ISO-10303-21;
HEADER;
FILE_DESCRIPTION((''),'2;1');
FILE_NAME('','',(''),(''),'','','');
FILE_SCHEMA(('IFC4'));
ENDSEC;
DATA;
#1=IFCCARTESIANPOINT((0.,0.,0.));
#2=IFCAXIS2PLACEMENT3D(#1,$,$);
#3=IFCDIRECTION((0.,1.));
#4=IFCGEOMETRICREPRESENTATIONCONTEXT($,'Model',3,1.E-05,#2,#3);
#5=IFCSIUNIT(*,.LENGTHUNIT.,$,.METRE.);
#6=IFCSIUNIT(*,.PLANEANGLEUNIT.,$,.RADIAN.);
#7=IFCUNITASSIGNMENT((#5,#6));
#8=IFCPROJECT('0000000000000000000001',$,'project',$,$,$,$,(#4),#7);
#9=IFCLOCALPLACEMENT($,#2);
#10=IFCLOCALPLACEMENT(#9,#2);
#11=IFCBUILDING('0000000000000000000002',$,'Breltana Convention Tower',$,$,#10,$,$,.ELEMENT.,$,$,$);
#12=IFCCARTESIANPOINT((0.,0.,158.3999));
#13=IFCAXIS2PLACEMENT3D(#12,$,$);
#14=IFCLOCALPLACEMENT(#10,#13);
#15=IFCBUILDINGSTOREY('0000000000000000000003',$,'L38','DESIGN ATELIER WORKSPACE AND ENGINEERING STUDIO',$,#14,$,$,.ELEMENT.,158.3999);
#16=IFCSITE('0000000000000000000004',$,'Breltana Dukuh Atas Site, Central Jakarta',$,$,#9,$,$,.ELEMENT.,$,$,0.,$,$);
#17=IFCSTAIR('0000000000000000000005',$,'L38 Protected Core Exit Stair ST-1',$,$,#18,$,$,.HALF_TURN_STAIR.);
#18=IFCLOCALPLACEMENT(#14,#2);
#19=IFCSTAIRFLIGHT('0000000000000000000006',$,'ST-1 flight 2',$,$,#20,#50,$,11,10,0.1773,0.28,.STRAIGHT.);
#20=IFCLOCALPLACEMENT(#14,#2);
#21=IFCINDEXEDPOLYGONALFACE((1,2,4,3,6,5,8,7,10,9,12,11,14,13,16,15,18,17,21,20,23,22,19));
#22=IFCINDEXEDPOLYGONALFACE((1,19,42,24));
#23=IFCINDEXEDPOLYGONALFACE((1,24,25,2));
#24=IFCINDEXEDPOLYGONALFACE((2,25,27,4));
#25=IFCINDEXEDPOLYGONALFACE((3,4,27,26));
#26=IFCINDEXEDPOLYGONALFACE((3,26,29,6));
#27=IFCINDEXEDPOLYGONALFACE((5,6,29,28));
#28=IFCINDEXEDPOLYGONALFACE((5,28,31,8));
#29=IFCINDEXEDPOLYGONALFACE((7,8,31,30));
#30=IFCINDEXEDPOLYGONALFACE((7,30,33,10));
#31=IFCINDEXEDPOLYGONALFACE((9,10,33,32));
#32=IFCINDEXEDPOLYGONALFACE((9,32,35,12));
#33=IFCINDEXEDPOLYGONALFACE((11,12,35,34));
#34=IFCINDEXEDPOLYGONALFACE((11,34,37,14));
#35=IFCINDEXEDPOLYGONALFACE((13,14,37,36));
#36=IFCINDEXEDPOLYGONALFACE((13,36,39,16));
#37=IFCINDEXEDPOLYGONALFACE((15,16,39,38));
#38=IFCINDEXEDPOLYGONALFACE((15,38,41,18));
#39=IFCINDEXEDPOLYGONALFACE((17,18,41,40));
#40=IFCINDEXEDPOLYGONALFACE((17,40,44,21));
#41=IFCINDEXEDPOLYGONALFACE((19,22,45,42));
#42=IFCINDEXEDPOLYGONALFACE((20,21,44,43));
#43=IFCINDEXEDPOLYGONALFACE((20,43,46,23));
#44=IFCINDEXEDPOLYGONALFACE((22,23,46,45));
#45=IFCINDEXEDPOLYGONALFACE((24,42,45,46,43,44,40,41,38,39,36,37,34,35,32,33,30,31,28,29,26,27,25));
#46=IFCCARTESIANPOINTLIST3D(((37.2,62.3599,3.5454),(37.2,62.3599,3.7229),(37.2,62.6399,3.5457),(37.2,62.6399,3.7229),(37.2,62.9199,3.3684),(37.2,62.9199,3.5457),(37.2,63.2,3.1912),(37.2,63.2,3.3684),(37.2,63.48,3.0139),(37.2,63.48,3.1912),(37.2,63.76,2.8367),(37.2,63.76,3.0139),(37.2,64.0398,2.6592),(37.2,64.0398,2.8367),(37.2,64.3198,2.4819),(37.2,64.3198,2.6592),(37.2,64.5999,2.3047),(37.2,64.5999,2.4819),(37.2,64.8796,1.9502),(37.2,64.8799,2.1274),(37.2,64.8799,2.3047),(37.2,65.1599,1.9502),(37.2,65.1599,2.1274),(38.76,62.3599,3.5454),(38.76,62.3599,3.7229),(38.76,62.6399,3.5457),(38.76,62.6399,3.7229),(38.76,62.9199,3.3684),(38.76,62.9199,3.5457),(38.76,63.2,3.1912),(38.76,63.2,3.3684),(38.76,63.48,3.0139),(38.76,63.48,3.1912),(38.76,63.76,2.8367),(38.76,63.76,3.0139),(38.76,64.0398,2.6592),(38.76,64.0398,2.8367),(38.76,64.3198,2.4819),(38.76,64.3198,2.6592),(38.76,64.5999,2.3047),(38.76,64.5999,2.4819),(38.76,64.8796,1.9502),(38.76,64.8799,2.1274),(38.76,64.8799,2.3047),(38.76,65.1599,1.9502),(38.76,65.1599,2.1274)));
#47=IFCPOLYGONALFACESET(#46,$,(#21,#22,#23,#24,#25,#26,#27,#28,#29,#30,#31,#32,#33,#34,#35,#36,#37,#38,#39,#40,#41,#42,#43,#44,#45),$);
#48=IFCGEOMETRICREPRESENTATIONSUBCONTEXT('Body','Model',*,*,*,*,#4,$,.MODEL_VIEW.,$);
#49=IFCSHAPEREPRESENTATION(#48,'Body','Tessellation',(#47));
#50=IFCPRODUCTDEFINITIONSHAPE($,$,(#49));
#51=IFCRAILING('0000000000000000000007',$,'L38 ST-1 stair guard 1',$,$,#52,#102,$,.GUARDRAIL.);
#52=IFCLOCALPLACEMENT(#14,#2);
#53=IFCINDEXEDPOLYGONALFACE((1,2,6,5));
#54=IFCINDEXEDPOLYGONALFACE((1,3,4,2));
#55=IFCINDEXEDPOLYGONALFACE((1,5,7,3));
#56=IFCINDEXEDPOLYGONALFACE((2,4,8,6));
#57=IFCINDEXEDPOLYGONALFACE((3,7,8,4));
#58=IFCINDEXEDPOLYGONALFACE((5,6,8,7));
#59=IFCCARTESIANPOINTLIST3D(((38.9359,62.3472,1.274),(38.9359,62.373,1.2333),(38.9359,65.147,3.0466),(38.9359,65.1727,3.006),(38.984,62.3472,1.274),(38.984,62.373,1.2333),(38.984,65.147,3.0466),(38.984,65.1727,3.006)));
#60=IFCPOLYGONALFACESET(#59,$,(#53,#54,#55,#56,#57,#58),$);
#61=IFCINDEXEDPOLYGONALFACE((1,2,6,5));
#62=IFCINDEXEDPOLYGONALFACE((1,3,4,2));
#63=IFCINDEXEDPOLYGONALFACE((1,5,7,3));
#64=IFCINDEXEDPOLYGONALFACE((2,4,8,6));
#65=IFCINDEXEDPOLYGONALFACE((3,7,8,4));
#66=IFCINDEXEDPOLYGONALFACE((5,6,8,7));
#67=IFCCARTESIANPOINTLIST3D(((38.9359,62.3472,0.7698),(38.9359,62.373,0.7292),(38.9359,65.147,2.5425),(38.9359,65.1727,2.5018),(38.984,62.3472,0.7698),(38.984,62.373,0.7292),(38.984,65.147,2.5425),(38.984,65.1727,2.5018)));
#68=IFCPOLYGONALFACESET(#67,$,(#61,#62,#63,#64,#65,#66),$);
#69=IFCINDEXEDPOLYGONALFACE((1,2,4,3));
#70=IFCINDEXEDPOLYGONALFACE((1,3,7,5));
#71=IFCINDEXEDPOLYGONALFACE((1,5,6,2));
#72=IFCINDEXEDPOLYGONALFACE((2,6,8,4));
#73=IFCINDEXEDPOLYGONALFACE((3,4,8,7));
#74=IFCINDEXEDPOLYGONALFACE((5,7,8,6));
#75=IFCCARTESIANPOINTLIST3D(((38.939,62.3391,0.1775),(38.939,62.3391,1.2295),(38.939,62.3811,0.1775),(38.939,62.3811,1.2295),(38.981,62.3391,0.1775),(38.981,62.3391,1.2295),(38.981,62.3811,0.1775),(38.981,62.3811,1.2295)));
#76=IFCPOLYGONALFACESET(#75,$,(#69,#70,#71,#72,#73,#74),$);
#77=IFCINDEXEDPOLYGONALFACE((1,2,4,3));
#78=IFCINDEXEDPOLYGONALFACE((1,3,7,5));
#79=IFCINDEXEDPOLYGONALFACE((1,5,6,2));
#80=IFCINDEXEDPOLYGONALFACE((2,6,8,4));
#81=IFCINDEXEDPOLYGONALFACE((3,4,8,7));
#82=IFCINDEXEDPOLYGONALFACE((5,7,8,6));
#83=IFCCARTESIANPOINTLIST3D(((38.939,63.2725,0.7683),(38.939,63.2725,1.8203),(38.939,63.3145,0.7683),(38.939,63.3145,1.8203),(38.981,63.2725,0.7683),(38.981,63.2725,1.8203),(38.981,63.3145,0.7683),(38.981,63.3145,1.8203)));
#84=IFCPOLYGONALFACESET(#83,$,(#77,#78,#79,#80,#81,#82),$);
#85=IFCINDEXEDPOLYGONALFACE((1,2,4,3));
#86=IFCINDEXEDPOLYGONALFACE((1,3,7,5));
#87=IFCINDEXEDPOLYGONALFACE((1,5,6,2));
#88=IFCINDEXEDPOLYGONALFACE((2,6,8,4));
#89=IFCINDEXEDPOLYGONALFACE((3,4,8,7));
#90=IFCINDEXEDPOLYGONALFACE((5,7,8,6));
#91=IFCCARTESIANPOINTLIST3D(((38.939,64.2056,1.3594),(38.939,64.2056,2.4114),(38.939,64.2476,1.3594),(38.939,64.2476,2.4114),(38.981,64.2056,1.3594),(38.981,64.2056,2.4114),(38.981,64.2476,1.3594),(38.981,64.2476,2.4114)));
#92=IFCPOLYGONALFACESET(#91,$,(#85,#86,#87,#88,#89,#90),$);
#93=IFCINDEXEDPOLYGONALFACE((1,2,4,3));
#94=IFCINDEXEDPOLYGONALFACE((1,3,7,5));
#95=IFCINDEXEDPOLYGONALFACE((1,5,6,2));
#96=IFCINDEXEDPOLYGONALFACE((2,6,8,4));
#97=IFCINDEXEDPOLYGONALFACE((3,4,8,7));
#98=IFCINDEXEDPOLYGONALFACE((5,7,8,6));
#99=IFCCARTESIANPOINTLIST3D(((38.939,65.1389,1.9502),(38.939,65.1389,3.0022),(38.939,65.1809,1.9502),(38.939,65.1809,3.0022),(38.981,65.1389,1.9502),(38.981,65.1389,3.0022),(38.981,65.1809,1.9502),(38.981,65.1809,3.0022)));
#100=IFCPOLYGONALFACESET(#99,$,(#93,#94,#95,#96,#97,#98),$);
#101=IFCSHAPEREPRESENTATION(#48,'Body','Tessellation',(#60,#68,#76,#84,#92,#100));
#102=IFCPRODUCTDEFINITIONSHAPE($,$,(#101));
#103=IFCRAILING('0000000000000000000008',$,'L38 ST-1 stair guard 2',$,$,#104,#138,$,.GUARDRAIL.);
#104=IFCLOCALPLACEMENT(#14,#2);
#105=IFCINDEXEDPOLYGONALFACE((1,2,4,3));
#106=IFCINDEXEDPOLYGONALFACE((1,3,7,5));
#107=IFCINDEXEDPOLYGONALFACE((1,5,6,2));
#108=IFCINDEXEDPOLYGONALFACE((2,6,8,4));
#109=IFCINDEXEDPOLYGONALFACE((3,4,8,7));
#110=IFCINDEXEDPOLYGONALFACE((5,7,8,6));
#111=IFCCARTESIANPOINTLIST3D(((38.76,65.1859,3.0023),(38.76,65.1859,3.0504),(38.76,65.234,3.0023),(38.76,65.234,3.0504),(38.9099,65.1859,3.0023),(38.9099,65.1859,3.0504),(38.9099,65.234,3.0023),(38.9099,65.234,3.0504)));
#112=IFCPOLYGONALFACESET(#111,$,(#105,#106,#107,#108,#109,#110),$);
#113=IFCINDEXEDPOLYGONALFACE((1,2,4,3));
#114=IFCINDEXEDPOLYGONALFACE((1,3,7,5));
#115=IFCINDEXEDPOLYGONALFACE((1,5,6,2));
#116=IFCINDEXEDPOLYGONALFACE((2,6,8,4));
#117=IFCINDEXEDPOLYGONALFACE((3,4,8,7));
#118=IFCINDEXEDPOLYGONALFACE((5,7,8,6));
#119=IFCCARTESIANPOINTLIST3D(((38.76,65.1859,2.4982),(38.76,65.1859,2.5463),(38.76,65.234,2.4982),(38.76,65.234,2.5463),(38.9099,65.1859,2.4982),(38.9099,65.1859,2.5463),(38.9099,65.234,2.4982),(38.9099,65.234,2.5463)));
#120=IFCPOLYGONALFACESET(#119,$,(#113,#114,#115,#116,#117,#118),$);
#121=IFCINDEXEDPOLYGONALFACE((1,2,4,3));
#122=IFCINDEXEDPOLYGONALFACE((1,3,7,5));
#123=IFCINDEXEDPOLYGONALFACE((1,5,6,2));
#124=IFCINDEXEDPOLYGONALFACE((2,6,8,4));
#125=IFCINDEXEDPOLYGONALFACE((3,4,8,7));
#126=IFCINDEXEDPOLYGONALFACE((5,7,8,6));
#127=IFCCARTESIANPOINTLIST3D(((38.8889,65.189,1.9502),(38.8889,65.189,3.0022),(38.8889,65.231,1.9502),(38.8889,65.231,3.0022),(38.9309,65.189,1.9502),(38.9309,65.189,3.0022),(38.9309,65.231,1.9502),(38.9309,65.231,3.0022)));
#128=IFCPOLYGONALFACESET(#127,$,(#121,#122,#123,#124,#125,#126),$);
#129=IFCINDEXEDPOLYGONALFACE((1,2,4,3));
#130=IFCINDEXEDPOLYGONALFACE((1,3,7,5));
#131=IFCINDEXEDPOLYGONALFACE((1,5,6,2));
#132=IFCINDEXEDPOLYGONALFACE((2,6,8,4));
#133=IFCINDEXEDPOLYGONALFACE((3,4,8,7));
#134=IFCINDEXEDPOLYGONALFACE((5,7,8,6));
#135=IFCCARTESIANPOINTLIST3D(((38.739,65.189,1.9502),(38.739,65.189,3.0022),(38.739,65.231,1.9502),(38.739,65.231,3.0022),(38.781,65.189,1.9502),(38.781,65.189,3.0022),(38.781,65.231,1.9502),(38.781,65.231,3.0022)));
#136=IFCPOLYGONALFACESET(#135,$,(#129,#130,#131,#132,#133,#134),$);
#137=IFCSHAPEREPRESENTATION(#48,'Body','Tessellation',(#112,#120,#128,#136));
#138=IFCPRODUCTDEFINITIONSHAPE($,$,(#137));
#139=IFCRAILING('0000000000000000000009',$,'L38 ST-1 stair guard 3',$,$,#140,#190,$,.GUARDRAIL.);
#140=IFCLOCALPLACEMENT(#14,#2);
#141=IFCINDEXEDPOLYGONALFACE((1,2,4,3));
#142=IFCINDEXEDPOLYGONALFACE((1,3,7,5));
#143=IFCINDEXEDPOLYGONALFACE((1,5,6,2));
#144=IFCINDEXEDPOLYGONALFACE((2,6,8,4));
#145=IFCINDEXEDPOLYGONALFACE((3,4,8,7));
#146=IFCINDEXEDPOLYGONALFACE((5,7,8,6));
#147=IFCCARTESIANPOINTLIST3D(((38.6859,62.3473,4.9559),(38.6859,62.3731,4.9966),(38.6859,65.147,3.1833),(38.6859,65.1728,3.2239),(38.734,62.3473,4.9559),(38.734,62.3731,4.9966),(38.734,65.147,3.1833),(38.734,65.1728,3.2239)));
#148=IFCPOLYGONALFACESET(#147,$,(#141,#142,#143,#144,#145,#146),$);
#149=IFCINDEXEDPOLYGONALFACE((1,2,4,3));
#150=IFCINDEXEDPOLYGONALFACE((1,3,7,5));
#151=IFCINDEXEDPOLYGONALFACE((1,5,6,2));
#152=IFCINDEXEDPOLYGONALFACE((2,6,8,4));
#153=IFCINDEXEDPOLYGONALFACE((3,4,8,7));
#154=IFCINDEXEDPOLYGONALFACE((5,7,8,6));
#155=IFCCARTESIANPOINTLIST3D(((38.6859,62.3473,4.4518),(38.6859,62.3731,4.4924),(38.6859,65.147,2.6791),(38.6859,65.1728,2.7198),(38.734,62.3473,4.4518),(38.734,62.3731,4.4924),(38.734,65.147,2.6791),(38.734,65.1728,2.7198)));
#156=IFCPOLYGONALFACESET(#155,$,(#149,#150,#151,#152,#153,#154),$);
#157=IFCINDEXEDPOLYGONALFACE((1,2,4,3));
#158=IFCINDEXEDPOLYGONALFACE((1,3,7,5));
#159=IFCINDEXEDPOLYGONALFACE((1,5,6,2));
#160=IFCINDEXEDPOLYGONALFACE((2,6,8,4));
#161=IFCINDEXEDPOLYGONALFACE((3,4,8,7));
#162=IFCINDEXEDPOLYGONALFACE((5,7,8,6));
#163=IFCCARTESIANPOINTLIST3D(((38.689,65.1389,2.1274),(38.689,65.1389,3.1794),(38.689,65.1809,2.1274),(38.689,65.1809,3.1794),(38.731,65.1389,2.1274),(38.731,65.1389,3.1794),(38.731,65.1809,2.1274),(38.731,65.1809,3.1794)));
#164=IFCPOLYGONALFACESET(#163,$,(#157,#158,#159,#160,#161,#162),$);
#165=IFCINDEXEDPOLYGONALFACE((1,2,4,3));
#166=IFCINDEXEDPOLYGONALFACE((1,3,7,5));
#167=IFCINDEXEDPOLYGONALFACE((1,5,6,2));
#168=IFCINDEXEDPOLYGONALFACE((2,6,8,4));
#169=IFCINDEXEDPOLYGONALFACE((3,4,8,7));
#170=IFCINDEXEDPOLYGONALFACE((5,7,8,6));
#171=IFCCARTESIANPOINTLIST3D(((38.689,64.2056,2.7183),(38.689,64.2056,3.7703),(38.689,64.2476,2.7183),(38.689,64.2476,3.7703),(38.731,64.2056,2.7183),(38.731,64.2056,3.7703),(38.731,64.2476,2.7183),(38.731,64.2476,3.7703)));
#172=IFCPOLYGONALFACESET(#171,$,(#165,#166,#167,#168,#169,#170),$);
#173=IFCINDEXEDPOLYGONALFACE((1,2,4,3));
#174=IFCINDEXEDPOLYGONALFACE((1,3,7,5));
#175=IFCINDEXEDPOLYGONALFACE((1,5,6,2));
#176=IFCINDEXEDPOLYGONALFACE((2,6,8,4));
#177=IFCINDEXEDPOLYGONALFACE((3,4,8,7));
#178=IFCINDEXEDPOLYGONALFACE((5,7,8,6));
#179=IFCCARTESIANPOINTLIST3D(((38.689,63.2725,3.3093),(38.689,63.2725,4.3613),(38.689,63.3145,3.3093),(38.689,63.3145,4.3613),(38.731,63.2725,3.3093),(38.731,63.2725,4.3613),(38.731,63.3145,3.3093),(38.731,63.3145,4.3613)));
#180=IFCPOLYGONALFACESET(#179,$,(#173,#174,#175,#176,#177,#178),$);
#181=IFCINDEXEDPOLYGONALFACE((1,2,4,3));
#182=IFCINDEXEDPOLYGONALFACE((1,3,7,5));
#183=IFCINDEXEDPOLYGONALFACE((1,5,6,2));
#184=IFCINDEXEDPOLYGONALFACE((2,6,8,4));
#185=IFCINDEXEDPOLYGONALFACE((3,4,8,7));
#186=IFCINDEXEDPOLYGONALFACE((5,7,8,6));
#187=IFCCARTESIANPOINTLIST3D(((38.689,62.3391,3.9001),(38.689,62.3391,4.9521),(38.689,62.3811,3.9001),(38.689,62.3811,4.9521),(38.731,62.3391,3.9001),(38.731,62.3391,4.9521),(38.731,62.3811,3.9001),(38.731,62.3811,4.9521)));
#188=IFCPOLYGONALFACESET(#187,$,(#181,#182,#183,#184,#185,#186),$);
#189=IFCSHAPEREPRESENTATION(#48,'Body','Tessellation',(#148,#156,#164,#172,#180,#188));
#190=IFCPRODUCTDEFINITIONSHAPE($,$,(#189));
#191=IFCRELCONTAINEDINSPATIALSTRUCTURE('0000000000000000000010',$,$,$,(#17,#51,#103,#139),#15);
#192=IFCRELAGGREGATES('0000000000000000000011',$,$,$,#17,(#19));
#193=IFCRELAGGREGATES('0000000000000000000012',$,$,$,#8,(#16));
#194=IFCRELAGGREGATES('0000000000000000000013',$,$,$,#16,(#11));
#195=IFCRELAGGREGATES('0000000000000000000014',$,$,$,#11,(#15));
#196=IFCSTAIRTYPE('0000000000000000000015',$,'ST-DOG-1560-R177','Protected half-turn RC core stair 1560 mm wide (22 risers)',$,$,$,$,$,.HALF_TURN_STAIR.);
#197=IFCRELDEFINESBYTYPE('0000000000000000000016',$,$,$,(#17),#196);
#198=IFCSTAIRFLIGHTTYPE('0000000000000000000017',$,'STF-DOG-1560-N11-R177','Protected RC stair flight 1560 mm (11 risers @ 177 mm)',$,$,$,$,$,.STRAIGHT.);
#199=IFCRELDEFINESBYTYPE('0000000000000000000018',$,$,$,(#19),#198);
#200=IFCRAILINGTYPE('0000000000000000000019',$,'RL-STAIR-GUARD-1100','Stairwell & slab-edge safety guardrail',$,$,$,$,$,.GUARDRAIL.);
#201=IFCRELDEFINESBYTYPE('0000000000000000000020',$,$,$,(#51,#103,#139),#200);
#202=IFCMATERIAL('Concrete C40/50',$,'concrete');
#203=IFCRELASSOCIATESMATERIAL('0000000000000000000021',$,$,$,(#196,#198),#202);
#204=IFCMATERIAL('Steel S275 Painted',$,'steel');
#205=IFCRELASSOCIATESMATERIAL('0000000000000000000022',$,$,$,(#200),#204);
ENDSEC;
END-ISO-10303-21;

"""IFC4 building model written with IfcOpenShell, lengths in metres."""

from ifc_helpers import new_model, si_unit, direction, frame, origin, origin_2d, place, context, subcontext, project, spatial, polyline, rectangle, outline, extrude, material, type_object, element, aggregate, save


model = new_model("IFC4")

# Units and contexts
model_context = context("Model", 3, precision=1e-05, world=origin(), true_north=direction((0.0, 1.0)))
body_context = subcontext(model_context, "Body", "Model", "MODEL_VIEW")
ifc_project = project(units=[si_unit("LENGTHUNIT", "METRE"), si_unit("PLANEANGLEUNIT", "RADIAN")], contexts=[model_context])

# Site, building, storey
site_placement = place(None, origin())
site = spatial("IfcSite", under=ifc_project, at=site_placement, Name="Breltana Dukuh Atas Site, Central Jakarta", CompositionType="ELEMENT", RefElevation=0.0)
building_placement = place(site_placement, origin())
building = spatial("IfcBuilding", under=site, at=building_placement, Name="Breltana Convention Tower", CompositionType="ELEMENT")
storey_placement = place(building_placement, frame((0.0, 0.0, 158.3999)))
storey = spatial("IfcBuildingStorey", under=building, at=storey_placement, Name="L38", Description="DESIGN ATELIER WORKSPACE AND ENGINEERING STUDIO", CompositionType="ELEMENT", Elevation=158.3999)

# Stair, stair flight
ifc_material_1 = material(Name="Concrete C40/50", Category="concrete")
stair_type = type_object("IfcStairType", Name="ST-DOG-1560-R177", Description="Protected half-turn RC core stair 1560 mm wide (22 risers)", PredefinedType="HALF_TURN_STAIR", material=ifc_material_1)
stair_placement = place(storey_placement, origin())
stair = element("IfcStair", 1, at=stair_placement, inside=storey, type_object=stair_type, Name="L38 Protected Core Exit Stair ST-1", PredefinedType="HALF_TURN_STAIR")
stair_flight_type = type_object("IfcStairFlightType", Name="STF-DOG-1560-N11-R177", Description="Protected RC stair flight 1560 mm (11 risers @ 177 mm)", PredefinedType="STRAIGHT", material=ifc_material_1)
stair_flight_1_placement = place(storey_placement, frame((37.98, 65.1599, 1.9502), z_axis=(0.0, 0.0, 1.0), x_axis=(0.0, -1.0, 0.0)))
stair_flight_1 = element("IfcStairFlight", 2, at=stair_flight_1_placement, type_object=stair_flight_type, Name="ST-1 flight 2", NumberOfRisers=11, NumberOfTreads=10, PredefinedType="STRAIGHT", RiserHeight=0.1773, TreadLength=0.28, context=body_context, shape_type="SweptSolid", body=[
    extrude(outline(polyline([(0.0, 0.0), (0.0, 0.1772), (0.28, 0.1772), (0.28, 0.3545), (0.5601, 0.3545), (0.5601, 0.5317), (0.8401, 0.5317), (0.8401, 0.709), (1.1201, 0.709), (1.1201, 0.8865), (1.3999, 0.8865), (1.3999, 1.0637), (1.6799, 1.0637), (1.6799, 1.241), (1.96, 1.241), (1.96, 1.4182), (2.24, 1.4182), (2.24, 1.5955), (2.52, 1.5955), (2.52, 1.7727), (2.8, 1.7727), (2.8, 1.95), (2.8, 1.5952), (0.2803, 0.0), (0.0, 0.0)])), frame((0.0, 0.78, 0.0), z_axis=(0.0, -1.0, 0.0), x_axis=(1.0, 0.0, 0.0)), (0.0, 0.0, 1.0), 1.5601),
])
aggregate(stair, [stair_flight_1])

# Railings
ifc_material_2 = material(Name="Steel S275 Painted", Category="steel")
railing_type_1 = type_object("IfcRailingType", Name="RL-STAIR-GUARD-1100", Description="Stairwell & slab-edge safety guardrail", PredefinedType="GUARDRAIL", material=ifc_material_2)
railing_1_placement = place(storey_placement, frame((38.96, 62.3601, 0.1775)))
element("IfcRailing", 3, at=railing_1_placement, inside=storey, type_object=railing_type_1, Name="L38 ST-1 stair guard 1", PredefinedType="GUARDRAIL", context=body_context, shape_type="SweptSolid", body=[
    extrude(rectangle(XDim=0.0481, YDim=0.0481, at=origin_2d()), frame((0.0, 0.0, 1.0762), z_axis=(0.0, 0.844888, 0.534943), x_axis=(-1.0, 0.0, 0.0)), (0.0, 0.0, 1.0), 3.3137),
    extrude(rectangle(XDim=0.0481, YDim=0.0481, at=origin_2d()), frame((0.0, 0.0, 0.572), z_axis=(0.0, 0.844888, 0.534943), x_axis=(-1.0, 0.0, 0.0)), (0.0, 0.0, 1.0), 3.3137),
    extrude(rectangle(XDim=0.042, YDim=0.042, at=origin_2d()), origin(), (0.0, 0.0, 1.0), 1.052),
    extrude(rectangle(XDim=0.042, YDim=0.042, at=origin_2d()), frame((0.0, 0.9333, 0.5908)), (0.0, 0.0, 1.0), 1.052),
    extrude(rectangle(XDim=0.042, YDim=0.042, at=origin_2d()), frame((0.0, 1.8665, 1.1819)), (0.0, 0.0, 1.0), 1.052),
    extrude(rectangle(XDim=0.042, YDim=0.042, at=origin_2d()), frame((0.0, 2.7998, 1.7727)), (0.0, 0.0, 1.0), 1.052),
])
railing_2_placement = place(storey_placement, frame((38.9099, 65.21, 1.9502)))
element("IfcRailing", 4, at=railing_2_placement, inside=storey, type_object=railing_type_1, Name="L38 ST-1 stair guard 2", PredefinedType="GUARDRAIL", context=body_context, shape_type="SweptSolid", body=[
    extrude(rectangle(XDim=0.0481, YDim=0.0481, at=origin_2d()), frame((0.0, 0.0, 1.0762), z_axis=(-1.0, 0.0, 0.0), x_axis=(0.0, -1.0, 0.0)), (0.0, 0.0, 1.0), 0.1499),
    extrude(rectangle(XDim=0.0481, YDim=0.0481, at=origin_2d()), frame((0.0, 0.0, 0.572), z_axis=(-1.0, 0.0, 0.0), x_axis=(0.0, -1.0, 0.0)), (0.0, 0.0, 1.0), 0.1499),
    extrude(rectangle(XDim=0.042, YDim=0.042, at=origin_2d()), origin(), (0.0, 0.0, 1.0), 1.052),
    extrude(rectangle(XDim=0.042, YDim=0.042, at=origin_2d()), frame((-0.1499, 0.0, 0.0)), (0.0, 0.0, 1.0), 1.052),
])
railing_3_placement = place(storey_placement, frame((38.71, 65.1599, 2.1274)))
element("IfcRailing", 5, at=railing_3_placement, inside=storey, type_object=railing_type_1, Name="L38 ST-1 stair guard 3", PredefinedType="GUARDRAIL", context=body_context, shape_type="SweptSolid", body=[
    extrude(rectangle(XDim=0.0481, YDim=0.0481, at=origin_2d()), frame((0.0, 0.0, 1.0762), z_axis=(0.0, -0.844888, 0.534943), x_axis=(1.0, 0.0, 0.0)), (0.0, 0.0, 1.0), 3.3137),
    extrude(rectangle(XDim=0.0481, YDim=0.0481, at=origin_2d()), frame((0.0, 0.0, 0.572), z_axis=(0.0, -0.844888, 0.534943), x_axis=(1.0, 0.0, 0.0)), (0.0, 0.0, 1.0), 3.3137),
    extrude(rectangle(XDim=0.042, YDim=0.042, at=origin_2d()), origin(), (0.0, 0.0, 1.0), 1.052),
    extrude(rectangle(XDim=0.042, YDim=0.042, at=origin_2d()), frame((0.0, -0.9333, 0.5908)), (0.0, 0.0, 1.0), 1.052),
    extrude(rectangle(XDim=0.042, YDim=0.042, at=origin_2d()), frame((0.0, -1.8665, 1.1819)), (0.0, 0.0, 1.0), 1.052),
    extrude(rectangle(XDim=0.042, YDim=0.042, at=origin_2d()), frame((0.0, -2.7998, 1.7727)), (0.0, 0.0, 1.0), 1.052),
])

save(model, "model.ifc")
